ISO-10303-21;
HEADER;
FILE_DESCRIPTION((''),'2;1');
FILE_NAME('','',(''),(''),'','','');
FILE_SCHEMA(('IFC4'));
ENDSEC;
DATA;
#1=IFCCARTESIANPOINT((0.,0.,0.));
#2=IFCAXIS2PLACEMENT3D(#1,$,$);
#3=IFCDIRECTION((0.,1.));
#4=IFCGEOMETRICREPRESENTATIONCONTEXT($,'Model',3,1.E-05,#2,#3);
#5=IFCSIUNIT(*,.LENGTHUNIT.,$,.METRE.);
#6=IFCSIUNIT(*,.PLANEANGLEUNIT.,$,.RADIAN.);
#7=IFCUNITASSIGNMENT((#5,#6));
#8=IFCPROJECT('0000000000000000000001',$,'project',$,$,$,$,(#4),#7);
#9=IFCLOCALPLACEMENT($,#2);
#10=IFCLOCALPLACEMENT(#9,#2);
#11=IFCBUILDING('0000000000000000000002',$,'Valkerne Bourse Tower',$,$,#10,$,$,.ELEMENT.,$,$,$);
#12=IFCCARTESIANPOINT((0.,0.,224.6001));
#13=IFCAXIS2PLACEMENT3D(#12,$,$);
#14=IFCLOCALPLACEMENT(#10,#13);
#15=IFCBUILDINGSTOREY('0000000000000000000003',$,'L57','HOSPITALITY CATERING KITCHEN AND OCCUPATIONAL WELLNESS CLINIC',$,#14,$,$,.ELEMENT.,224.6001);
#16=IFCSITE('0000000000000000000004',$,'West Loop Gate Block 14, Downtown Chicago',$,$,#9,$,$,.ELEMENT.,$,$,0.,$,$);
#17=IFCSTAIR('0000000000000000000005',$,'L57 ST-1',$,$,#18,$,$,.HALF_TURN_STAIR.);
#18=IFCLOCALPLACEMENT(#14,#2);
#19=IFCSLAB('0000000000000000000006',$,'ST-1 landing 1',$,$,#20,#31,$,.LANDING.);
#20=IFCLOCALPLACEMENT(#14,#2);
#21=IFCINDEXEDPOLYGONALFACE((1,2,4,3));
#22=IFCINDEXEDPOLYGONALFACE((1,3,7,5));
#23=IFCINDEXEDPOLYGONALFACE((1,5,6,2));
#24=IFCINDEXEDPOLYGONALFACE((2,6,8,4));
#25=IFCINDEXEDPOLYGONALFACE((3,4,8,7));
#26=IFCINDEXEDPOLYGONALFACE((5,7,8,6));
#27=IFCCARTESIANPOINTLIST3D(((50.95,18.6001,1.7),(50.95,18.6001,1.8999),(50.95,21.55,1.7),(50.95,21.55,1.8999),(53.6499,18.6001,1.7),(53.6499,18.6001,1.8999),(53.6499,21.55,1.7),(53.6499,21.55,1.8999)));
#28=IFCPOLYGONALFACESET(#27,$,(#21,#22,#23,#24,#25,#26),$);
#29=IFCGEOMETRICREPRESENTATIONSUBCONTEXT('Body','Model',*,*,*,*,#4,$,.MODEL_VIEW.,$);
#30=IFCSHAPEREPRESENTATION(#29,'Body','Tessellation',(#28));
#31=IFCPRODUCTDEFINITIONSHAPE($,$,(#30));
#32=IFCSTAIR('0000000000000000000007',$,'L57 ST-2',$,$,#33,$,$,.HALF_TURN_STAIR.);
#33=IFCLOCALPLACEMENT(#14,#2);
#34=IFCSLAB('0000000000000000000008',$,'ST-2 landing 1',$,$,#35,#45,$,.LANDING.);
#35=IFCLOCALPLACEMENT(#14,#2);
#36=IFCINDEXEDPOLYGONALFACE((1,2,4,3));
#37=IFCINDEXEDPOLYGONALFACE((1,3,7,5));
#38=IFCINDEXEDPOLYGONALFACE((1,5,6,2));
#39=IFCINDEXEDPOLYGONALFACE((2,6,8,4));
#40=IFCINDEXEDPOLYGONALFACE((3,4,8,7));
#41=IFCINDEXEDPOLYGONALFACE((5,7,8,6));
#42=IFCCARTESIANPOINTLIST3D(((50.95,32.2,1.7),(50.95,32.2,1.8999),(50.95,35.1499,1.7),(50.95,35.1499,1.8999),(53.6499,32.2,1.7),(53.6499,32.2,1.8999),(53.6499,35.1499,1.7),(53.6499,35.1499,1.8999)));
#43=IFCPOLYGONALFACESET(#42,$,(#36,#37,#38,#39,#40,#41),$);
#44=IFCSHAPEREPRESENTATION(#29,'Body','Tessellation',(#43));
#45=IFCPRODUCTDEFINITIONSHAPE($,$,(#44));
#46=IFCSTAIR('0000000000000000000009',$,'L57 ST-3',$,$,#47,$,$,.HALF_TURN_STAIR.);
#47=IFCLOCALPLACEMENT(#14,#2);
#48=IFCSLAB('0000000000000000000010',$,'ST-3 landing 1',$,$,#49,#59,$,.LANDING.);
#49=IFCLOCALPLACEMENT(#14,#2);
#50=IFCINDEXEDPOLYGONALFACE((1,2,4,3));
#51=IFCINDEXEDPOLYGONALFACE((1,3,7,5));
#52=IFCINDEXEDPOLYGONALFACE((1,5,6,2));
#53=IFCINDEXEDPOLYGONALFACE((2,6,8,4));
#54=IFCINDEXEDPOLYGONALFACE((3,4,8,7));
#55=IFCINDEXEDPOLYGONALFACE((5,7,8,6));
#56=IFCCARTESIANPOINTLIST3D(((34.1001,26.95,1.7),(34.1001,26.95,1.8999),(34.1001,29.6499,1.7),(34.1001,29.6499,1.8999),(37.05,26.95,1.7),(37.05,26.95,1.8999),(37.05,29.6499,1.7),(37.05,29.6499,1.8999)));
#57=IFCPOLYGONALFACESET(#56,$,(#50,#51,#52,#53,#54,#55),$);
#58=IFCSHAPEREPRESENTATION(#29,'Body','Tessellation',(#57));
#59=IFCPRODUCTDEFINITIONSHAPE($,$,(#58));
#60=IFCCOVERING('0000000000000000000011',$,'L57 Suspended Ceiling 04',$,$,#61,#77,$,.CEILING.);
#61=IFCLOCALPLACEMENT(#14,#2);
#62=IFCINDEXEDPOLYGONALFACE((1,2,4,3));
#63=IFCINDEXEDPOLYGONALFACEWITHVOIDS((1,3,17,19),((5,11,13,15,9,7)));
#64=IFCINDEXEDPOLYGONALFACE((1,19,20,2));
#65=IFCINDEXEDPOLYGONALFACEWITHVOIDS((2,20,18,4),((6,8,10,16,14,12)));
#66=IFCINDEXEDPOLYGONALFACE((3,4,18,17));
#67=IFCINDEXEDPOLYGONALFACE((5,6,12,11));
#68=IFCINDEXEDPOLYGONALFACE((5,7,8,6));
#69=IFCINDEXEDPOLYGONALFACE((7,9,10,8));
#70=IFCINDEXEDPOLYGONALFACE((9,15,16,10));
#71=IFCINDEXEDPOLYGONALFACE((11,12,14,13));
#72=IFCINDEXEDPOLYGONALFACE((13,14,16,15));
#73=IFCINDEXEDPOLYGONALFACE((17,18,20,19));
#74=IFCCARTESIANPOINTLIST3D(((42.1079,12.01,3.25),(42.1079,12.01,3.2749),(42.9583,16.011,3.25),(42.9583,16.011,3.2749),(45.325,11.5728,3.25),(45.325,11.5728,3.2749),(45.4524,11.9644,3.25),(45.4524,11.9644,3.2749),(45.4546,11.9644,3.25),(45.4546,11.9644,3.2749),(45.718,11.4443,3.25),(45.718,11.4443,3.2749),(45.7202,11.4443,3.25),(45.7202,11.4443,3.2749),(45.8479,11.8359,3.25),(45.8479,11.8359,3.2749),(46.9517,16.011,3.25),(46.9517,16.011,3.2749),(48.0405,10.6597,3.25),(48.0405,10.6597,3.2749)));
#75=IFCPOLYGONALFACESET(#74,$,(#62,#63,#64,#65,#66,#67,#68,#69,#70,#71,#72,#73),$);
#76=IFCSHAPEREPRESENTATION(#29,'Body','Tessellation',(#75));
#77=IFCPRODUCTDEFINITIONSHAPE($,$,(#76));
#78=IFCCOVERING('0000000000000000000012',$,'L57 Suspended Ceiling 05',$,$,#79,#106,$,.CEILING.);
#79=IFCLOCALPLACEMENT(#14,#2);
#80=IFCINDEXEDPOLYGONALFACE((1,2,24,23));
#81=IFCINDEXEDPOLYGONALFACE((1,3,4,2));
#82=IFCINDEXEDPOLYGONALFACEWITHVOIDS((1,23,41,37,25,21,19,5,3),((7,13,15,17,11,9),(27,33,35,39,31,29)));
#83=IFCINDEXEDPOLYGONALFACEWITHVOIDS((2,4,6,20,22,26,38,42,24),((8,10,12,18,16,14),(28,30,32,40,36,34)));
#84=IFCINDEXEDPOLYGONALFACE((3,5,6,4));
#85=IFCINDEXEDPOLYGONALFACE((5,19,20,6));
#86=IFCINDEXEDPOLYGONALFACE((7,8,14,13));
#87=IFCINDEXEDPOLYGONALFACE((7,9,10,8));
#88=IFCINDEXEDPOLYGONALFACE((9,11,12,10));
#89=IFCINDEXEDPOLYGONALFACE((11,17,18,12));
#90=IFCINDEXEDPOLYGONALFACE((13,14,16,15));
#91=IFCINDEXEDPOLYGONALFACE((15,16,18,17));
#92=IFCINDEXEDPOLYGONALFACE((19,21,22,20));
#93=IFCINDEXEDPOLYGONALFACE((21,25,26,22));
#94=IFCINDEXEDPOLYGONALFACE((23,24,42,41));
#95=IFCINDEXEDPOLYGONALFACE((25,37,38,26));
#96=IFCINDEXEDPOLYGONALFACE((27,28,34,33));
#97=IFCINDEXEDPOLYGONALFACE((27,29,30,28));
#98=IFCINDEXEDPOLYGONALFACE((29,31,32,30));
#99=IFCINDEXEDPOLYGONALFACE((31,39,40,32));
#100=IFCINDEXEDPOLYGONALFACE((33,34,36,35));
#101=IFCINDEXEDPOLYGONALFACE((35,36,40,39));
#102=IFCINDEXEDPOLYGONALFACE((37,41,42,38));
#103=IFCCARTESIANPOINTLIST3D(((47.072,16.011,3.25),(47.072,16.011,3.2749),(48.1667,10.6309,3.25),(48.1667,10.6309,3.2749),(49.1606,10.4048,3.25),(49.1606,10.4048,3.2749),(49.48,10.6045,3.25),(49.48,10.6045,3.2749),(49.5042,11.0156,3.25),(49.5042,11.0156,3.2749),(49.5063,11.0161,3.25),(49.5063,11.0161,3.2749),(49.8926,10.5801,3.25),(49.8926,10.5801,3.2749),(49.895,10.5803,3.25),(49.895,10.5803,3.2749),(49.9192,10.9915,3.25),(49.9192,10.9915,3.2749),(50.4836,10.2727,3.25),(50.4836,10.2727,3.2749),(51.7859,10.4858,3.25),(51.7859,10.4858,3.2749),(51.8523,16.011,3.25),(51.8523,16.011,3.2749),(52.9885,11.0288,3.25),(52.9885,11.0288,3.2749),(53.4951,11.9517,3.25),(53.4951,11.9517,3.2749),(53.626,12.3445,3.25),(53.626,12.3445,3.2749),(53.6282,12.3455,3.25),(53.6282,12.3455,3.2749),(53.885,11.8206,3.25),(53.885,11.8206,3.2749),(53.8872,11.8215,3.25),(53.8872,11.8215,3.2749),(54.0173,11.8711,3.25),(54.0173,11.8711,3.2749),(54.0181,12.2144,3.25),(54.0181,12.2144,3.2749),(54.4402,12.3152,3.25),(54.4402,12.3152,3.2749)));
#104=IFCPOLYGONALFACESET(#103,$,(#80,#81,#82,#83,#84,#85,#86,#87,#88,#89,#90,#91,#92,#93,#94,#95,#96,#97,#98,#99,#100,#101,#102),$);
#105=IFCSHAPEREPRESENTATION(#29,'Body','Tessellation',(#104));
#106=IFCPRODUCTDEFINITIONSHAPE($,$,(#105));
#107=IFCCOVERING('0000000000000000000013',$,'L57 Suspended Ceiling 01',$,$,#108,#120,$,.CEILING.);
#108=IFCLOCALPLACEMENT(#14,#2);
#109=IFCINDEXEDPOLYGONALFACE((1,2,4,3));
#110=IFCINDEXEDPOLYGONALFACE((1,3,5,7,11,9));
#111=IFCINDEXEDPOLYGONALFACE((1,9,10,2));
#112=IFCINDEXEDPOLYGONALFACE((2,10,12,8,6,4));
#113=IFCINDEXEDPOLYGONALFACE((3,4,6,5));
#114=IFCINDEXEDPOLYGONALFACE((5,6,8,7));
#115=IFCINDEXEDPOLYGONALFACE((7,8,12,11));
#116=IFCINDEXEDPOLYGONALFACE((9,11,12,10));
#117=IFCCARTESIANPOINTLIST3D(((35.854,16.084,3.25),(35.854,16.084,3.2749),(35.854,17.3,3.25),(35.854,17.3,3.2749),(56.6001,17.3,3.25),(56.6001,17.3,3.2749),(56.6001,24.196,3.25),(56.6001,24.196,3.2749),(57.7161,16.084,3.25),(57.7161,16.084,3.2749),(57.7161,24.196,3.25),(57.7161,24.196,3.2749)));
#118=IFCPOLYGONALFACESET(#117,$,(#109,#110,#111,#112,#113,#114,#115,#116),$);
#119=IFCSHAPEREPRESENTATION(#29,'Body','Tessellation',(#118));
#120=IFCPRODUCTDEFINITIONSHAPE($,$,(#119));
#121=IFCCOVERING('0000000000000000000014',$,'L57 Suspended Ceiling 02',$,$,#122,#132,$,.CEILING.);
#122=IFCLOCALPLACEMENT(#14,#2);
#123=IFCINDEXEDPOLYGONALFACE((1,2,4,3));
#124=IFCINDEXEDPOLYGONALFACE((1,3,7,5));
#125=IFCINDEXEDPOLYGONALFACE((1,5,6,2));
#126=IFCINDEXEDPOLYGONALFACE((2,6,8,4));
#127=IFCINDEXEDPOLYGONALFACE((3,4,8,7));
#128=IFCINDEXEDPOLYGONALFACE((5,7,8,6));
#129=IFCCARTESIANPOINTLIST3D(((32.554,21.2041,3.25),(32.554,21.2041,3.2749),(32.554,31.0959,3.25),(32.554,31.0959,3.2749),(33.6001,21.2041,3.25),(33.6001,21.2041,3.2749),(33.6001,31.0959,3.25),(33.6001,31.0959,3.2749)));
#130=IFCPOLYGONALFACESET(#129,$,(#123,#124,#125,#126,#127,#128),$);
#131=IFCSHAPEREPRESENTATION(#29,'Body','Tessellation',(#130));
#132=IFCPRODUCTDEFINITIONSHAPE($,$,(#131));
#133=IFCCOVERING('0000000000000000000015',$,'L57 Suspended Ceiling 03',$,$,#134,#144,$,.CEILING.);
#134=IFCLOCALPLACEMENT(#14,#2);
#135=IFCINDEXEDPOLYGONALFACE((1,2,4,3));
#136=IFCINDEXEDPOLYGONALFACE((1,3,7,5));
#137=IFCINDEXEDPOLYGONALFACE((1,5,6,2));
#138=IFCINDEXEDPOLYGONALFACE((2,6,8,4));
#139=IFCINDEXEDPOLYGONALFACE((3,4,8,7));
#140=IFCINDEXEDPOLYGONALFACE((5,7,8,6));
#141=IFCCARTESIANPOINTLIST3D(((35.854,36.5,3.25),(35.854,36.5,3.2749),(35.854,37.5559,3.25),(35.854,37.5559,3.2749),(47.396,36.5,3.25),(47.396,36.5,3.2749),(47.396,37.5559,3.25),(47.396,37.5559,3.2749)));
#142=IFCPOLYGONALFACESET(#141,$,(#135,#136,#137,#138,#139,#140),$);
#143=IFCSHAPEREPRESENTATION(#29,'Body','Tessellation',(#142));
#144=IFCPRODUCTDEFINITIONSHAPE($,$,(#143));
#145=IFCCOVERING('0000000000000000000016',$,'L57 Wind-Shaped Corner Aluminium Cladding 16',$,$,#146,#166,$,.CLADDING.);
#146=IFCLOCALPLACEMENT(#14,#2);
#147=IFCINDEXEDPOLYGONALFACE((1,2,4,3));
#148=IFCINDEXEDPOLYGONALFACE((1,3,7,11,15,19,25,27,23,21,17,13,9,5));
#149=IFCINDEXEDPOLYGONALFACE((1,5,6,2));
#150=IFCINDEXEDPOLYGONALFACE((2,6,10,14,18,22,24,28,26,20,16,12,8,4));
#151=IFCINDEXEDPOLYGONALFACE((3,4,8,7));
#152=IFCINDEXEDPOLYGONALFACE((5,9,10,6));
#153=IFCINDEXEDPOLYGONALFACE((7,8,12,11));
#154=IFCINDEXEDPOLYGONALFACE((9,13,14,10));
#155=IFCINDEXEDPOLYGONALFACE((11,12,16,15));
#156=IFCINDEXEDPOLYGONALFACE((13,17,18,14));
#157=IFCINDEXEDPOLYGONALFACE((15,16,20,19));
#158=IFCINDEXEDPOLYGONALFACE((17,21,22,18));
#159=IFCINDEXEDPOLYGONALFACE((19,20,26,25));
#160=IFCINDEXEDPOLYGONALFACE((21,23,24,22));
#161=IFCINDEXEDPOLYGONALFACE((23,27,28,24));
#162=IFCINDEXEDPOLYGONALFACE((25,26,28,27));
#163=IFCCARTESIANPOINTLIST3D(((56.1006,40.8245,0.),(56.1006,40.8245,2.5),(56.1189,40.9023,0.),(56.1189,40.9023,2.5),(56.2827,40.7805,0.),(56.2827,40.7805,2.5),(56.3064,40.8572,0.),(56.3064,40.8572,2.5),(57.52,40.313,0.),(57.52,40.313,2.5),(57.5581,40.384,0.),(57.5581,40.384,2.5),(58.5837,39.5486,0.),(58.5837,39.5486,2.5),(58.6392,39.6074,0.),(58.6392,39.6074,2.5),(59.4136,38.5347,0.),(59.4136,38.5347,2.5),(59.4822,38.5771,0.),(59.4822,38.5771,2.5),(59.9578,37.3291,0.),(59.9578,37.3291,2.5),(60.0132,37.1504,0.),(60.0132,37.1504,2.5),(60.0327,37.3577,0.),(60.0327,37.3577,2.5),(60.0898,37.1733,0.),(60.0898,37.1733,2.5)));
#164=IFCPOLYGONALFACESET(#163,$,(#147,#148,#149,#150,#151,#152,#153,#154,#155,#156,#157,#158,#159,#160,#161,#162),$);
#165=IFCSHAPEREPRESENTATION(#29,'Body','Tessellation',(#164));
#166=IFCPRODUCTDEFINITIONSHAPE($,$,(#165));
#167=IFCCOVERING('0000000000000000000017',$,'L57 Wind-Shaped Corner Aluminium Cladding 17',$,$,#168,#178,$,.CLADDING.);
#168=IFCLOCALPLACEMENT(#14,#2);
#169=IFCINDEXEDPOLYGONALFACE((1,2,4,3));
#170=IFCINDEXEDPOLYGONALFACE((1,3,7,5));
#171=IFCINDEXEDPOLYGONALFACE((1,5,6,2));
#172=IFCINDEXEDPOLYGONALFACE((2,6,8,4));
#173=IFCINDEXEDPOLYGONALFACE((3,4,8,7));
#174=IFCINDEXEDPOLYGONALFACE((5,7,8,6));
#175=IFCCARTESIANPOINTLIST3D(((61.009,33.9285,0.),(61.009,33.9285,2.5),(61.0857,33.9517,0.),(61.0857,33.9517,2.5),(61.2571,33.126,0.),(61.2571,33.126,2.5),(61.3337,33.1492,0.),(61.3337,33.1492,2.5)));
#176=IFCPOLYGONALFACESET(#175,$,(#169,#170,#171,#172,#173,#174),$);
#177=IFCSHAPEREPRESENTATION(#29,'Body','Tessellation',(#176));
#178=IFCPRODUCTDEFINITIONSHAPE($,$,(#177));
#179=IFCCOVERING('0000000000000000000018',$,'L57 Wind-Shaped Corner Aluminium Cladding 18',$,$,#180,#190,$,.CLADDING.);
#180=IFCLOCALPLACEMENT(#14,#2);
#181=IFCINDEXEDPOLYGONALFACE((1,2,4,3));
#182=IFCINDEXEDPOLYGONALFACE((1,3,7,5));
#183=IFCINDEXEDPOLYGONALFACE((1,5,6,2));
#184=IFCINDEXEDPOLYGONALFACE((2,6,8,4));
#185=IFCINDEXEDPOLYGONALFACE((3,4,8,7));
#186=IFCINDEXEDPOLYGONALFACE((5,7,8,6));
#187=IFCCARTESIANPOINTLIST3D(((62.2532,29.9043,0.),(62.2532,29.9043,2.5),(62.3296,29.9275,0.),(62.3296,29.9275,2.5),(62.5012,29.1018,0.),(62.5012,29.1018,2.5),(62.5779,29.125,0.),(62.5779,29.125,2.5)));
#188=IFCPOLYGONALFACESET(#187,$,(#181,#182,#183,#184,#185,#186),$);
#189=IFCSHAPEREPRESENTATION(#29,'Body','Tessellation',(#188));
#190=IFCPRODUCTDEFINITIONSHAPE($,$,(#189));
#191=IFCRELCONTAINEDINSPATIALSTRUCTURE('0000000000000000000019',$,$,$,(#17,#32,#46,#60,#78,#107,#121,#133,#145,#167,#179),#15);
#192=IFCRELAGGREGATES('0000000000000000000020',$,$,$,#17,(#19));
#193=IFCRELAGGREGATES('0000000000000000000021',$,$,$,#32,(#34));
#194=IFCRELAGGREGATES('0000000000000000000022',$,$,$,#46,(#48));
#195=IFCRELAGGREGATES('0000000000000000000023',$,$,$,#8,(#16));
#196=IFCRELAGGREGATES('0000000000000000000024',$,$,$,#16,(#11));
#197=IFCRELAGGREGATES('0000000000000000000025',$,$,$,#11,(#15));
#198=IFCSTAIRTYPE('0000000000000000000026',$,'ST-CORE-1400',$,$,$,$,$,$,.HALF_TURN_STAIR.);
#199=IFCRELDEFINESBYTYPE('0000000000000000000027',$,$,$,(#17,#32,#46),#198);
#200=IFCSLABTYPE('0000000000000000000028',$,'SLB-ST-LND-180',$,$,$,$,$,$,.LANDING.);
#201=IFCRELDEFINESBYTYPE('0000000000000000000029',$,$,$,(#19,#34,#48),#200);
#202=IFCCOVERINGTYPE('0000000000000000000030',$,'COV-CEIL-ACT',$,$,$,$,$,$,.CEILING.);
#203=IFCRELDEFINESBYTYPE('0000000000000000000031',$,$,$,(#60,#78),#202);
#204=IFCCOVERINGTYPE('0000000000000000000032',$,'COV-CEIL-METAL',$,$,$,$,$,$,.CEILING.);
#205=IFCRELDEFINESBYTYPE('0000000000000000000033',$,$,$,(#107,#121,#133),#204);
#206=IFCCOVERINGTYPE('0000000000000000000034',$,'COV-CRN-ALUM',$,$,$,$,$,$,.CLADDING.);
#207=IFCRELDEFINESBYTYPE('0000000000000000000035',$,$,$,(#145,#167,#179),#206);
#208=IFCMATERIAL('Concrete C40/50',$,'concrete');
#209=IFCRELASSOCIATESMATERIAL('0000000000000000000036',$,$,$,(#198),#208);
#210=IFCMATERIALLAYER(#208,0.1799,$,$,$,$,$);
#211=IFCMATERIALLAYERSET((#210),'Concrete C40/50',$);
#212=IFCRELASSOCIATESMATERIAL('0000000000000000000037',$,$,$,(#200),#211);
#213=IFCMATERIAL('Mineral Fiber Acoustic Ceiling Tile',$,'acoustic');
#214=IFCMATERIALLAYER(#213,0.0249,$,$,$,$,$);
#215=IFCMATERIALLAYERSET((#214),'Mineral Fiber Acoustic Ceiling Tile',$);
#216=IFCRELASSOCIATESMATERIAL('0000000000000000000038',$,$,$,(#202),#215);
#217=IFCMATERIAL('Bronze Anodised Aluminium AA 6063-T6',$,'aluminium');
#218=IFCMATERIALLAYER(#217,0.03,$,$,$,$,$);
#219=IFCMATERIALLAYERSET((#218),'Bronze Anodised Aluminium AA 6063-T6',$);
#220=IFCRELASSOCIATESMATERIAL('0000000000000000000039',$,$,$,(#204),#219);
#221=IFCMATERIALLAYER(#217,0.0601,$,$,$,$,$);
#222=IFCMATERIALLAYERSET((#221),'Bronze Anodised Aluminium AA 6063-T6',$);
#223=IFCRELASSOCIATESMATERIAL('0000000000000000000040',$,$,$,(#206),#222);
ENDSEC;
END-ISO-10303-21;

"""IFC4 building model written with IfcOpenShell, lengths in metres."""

from ifc_helpers import new_model, si_unit, direction, frame, origin, place, context, subcontext, project, spatial, polyline, outline, extrude, material, layer, layer_set, type_object, element, aggregate, save


model = new_model("IFC4")

# Units and contexts
model_context = context("Model", 3, precision=1e-05, world=origin(), true_north=direction((0.0, 1.0)))
body_context = subcontext(model_context, "Body", "Model", "MODEL_VIEW")
ifc_project = project(units=[si_unit("LENGTHUNIT", "METRE"), si_unit("PLANEANGLEUNIT", "RADIAN")], contexts=[model_context])

# Site, building, storey
site_placement = place(None, origin())
site = spatial("IfcSite", under=ifc_project, at=site_placement, Name="West Loop Gate Block 14, Downtown Chicago", CompositionType="ELEMENT", RefElevation=0.0)
building_placement = place(site_placement, origin())
building = spatial("IfcBuilding", under=site, at=building_placement, Name="Valkerne Bourse Tower", CompositionType="ELEMENT")
storey_placement = place(building_placement, frame((0.0, 0.0, 224.6001)))
storey = spatial("IfcBuildingStorey", under=building, at=storey_placement, Name="L57", Description="HOSPITALITY CATERING KITCHEN AND OCCUPATIONAL WELLNESS CLINIC", CompositionType="ELEMENT", Elevation=224.6001)

# Stairs, slabs
ifc_material_1 = material(Name="Concrete C40/50", Category="concrete")
stair_type = type_object("IfcStairType", Name="ST-CORE-1400", PredefinedType="HALF_TURN_STAIR", material=ifc_material_1)
stair_1_placement = place(storey_placement, origin())
stair_1 = element("IfcStair", 1, at=stair_1_placement, inside=storey, type_object=stair_type, Name="L57 ST-1", PredefinedType="HALF_TURN_STAIR")
ifc_layer_1 = layer(ifc_material_1, 0.1799)
ifc_layer_set_1 = layer_set([ifc_layer_1], Name="Concrete C40/50")
slab_type = type_object("IfcSlabType", Name="SLB-ST-LND-180", PredefinedType="LANDING", material=ifc_layer_set_1)
slab_1_placement = place(storey_placement, frame((0.0, 0.0, 1.7)))
slab_1 = element("IfcSlab", 2, at=slab_1_placement, type_object=slab_type, Name="ST-1 landing 1", PredefinedType="LANDING", context=body_context, shape_type="SweptSolid", body=[
    extrude(outline(polyline([(50.95, 18.6001), (53.6499, 18.6001), (53.6499, 21.55), (50.95, 21.55), (50.95, 18.6001)])), origin(), (0.0, 0.0, 1.0), 0.2),
])
aggregate(stair_1, [slab_1])
stair_2_placement = place(storey_placement, origin())
stair_2 = element("IfcStair", 3, at=stair_2_placement, inside=storey, type_object=stair_type, Name="L57 ST-2", PredefinedType="HALF_TURN_STAIR")
slab_2_placement = place(storey_placement, frame((0.0, 0.0, 1.7)))
slab_2 = element("IfcSlab", 4, at=slab_2_placement, type_object=slab_type, Name="ST-2 landing 1", PredefinedType="LANDING", context=body_context, shape_type="SweptSolid", body=[
    extrude(outline(polyline([(50.95, 32.2), (53.6499, 32.2), (53.6499, 35.1499), (50.95, 35.1499), (50.95, 32.2)])), origin(), (0.0, 0.0, 1.0), 0.2),
])
aggregate(stair_2, [slab_2])
stair_3_placement = place(storey_placement, origin())
stair_3 = element("IfcStair", 5, at=stair_3_placement, inside=storey, type_object=stair_type, Name="L57 ST-3", PredefinedType="HALF_TURN_STAIR")
slab_3_placement = place(storey_placement, frame((0.0, 0.0, 1.7)))
slab_3 = element("IfcSlab", 6, at=slab_3_placement, type_object=slab_type, Name="ST-3 landing 1", PredefinedType="LANDING", context=body_context, shape_type="SweptSolid", body=[
    extrude(outline(polyline([(37.05, 26.95), (37.05, 29.6499), (34.1001, 29.6499), (34.1001, 26.95), (37.05, 26.95)])), origin(), (0.0, 0.0, 1.0), 0.2),
])
aggregate(stair_3, [slab_3])

# Coverings
ifc_material_2 = material(Name="Mineral Fiber Acoustic Ceiling Tile", Category="acoustic")
ifc_layer_2 = layer(ifc_material_2, 0.0249)
ifc_layer_set_2 = layer_set([ifc_layer_2], Name="Mineral Fiber Acoustic Ceiling Tile")
covering_type_1 = type_object("IfcCoveringType", Name="COV-CEIL-ACT", PredefinedType="CEILING", material=ifc_layer_set_2)
covering_1_placement = place(storey_placement, frame((0.0, 0.0, 3.25)))
element("IfcCovering", 7, at=covering_1_placement, inside=storey, type_object=covering_type_1, Name="L57 Suspended Ceiling 04", PredefinedType="CEILING", context=body_context, shape_type="SweptSolid", body=[
    extrude(outline(polyline([(46.9517, 16.011), (48.0405, 10.6597), (42.1079, 12.01), (42.9583, 16.011), (46.9517, 16.011)]), holes=[polyline([(45.4546, 11.9644), (45.4524, 11.9644), (45.325, 11.5728), (45.718, 11.4443), (45.7202, 11.4443), (45.8479, 11.8359), (45.4546, 11.9644)])]), origin(), (0.0, 0.0, 1.0), 0.0249),
])
covering_2_placement = place(storey_placement, frame((0.0, 0.0, 3.25)))
element("IfcCovering", 8, at=covering_2_placement, inside=storey, type_object=covering_type_1, Name="L57 Suspended Ceiling 05", PredefinedType="CEILING", context=body_context, shape_type="SweptSolid", body=[
    extrude(outline(polyline([(51.7859, 10.4858), (50.4836, 10.2727), (49.1606, 10.4048), (48.1667, 10.6309), (47.072, 16.011), (51.8523, 16.011), (54.4402, 12.3152), (54.0173, 11.8711), (52.9885, 11.0288), (51.7859, 10.4858)]), holes=[polyline([(49.9192, 10.9915), (49.5063, 11.0161), (49.5042, 11.0156), (49.48, 10.6045), (49.8926, 10.5801), (49.895, 10.5803), (49.9192, 10.9915)]), polyline([(54.0181, 12.2144), (53.6282, 12.3455), (53.626, 12.3445), (53.4951, 11.9517), (53.885, 11.8206), (53.8872, 11.8215), (54.0181, 12.2144)])]), origin(), (0.0, 0.0, 1.0), 0.0249),
])
ifc_material_3 = material(Name="Bronze Anodised Aluminium AA 6063-T6", Category="aluminium")
ifc_layer_3 = layer(ifc_material_3, 0.03)
ifc_layer_set_3 = layer_set([ifc_layer_3], Name="Bronze Anodised Aluminium AA 6063-T6")
covering_type_2 = type_object("IfcCoveringType", Name="COV-CEIL-METAL", PredefinedType="CEILING", material=ifc_layer_set_3)
covering_3_placement = place(storey_placement, frame((0.0, 0.0, 3.25)))
element("IfcCovering", 9, at=covering_3_placement, inside=storey, type_object=covering_type_2, Name="L57 Suspended Ceiling 01", PredefinedType="CEILING", context=body_context, shape_type="SweptSolid", body=[
    extrude(outline(polyline([(35.854, 17.3), (56.6001, 17.3), (56.6001, 24.196), (57.7161, 24.196), (57.7161, 16.084), (35.854, 16.084), (35.854, 17.3)])), origin(), (0.0, 0.0, 1.0), 0.0249),
])
covering_4_placement = place(storey_placement, frame((0.0, 0.0, 3.25)))
element("IfcCovering", 10, at=covering_4_placement, inside=storey, type_object=covering_type_2, Name="L57 Suspended Ceiling 02", PredefinedType="CEILING", context=body_context, shape_type="SweptSolid", body=[
    extrude(outline(polyline([(32.554, 21.2041), (32.554, 31.0959), (33.6001, 31.0959), (33.6001, 21.2041), (32.554, 21.2041)])), origin(), (0.0, 0.0, 1.0), 0.0249),
])
covering_5_placement = place(storey_placement, frame((0.0, 0.0, 3.25)))
element("IfcCovering", 11, at=covering_5_placement, inside=storey, type_object=covering_type_2, Name="L57 Suspended Ceiling 03", PredefinedType="CEILING", context=body_context, shape_type="SweptSolid", body=[
    extrude(outline(polyline([(35.854, 37.5559), (47.396, 37.5559), (47.396, 36.5), (35.854, 36.5), (35.854, 37.5559)])), origin(), (0.0, 0.0, 1.0), 0.0249),
])
ifc_layer_4 = layer(ifc_material_3, 0.0601)
ifc_layer_set_4 = layer_set([ifc_layer_4], Name="Bronze Anodised Aluminium AA 6063-T6")
covering_type_3 = type_object("IfcCoveringType", Name="COV-CRN-ALUM", PredefinedType="CLADDING", material=ifc_layer_set_4)
covering_6_placement = place(storey_placement, origin())
element("IfcCovering", 12, at=covering_6_placement, inside=storey, type_object=covering_type_3, Name="L57 Wind-Shaped Corner Aluminium Cladding 16", PredefinedType="CLADDING", context=body_context, shape_type="SweptSolid", body=[
    extrude(outline(polyline([(56.3064, 40.8572), (57.5581, 40.384), (58.6392, 39.6074), (59.4822, 38.5771), (60.0327, 37.3577), (60.0898, 37.1733), (60.0132, 37.1504), (59.9578, 37.3291), (59.4136, 38.5347), (58.5837, 39.5486), (57.52, 40.313), (56.2827, 40.7805), (56.1006, 40.8245), (56.1189, 40.9023), (56.3064, 40.8572)])), origin(), (0.0, 0.0, 1.0), 2.5),
])
covering_7_placement = place(storey_placement, origin())
element("IfcCovering", 13, at=covering_7_placement, inside=storey, type_object=covering_type_3, Name="L57 Wind-Shaped Corner Aluminium Cladding 17", PredefinedType="CLADDING", context=body_context, shape_type="SweptSolid", body=[
    extrude(outline(polyline([(61.3337, 33.1492), (61.2571, 33.126), (61.009, 33.9285), (61.0857, 33.9517), (61.3337, 33.1492)])), origin(), (0.0, 0.0, 1.0), 2.5),
])
covering_8_placement = place(storey_placement, origin())
element("IfcCovering", 14, at=covering_8_placement, inside=storey, type_object=covering_type_3, Name="L57 Wind-Shaped Corner Aluminium Cladding 18", PredefinedType="CLADDING", context=body_context, shape_type="SweptSolid", body=[
    extrude(outline(polyline([(62.5779, 29.125), (62.5012, 29.1018), (62.2532, 29.9043), (62.3296, 29.9275), (62.5779, 29.125)])), origin(), (0.0, 0.0, 1.0), 2.5),
])

save(model, "model.ifc")
